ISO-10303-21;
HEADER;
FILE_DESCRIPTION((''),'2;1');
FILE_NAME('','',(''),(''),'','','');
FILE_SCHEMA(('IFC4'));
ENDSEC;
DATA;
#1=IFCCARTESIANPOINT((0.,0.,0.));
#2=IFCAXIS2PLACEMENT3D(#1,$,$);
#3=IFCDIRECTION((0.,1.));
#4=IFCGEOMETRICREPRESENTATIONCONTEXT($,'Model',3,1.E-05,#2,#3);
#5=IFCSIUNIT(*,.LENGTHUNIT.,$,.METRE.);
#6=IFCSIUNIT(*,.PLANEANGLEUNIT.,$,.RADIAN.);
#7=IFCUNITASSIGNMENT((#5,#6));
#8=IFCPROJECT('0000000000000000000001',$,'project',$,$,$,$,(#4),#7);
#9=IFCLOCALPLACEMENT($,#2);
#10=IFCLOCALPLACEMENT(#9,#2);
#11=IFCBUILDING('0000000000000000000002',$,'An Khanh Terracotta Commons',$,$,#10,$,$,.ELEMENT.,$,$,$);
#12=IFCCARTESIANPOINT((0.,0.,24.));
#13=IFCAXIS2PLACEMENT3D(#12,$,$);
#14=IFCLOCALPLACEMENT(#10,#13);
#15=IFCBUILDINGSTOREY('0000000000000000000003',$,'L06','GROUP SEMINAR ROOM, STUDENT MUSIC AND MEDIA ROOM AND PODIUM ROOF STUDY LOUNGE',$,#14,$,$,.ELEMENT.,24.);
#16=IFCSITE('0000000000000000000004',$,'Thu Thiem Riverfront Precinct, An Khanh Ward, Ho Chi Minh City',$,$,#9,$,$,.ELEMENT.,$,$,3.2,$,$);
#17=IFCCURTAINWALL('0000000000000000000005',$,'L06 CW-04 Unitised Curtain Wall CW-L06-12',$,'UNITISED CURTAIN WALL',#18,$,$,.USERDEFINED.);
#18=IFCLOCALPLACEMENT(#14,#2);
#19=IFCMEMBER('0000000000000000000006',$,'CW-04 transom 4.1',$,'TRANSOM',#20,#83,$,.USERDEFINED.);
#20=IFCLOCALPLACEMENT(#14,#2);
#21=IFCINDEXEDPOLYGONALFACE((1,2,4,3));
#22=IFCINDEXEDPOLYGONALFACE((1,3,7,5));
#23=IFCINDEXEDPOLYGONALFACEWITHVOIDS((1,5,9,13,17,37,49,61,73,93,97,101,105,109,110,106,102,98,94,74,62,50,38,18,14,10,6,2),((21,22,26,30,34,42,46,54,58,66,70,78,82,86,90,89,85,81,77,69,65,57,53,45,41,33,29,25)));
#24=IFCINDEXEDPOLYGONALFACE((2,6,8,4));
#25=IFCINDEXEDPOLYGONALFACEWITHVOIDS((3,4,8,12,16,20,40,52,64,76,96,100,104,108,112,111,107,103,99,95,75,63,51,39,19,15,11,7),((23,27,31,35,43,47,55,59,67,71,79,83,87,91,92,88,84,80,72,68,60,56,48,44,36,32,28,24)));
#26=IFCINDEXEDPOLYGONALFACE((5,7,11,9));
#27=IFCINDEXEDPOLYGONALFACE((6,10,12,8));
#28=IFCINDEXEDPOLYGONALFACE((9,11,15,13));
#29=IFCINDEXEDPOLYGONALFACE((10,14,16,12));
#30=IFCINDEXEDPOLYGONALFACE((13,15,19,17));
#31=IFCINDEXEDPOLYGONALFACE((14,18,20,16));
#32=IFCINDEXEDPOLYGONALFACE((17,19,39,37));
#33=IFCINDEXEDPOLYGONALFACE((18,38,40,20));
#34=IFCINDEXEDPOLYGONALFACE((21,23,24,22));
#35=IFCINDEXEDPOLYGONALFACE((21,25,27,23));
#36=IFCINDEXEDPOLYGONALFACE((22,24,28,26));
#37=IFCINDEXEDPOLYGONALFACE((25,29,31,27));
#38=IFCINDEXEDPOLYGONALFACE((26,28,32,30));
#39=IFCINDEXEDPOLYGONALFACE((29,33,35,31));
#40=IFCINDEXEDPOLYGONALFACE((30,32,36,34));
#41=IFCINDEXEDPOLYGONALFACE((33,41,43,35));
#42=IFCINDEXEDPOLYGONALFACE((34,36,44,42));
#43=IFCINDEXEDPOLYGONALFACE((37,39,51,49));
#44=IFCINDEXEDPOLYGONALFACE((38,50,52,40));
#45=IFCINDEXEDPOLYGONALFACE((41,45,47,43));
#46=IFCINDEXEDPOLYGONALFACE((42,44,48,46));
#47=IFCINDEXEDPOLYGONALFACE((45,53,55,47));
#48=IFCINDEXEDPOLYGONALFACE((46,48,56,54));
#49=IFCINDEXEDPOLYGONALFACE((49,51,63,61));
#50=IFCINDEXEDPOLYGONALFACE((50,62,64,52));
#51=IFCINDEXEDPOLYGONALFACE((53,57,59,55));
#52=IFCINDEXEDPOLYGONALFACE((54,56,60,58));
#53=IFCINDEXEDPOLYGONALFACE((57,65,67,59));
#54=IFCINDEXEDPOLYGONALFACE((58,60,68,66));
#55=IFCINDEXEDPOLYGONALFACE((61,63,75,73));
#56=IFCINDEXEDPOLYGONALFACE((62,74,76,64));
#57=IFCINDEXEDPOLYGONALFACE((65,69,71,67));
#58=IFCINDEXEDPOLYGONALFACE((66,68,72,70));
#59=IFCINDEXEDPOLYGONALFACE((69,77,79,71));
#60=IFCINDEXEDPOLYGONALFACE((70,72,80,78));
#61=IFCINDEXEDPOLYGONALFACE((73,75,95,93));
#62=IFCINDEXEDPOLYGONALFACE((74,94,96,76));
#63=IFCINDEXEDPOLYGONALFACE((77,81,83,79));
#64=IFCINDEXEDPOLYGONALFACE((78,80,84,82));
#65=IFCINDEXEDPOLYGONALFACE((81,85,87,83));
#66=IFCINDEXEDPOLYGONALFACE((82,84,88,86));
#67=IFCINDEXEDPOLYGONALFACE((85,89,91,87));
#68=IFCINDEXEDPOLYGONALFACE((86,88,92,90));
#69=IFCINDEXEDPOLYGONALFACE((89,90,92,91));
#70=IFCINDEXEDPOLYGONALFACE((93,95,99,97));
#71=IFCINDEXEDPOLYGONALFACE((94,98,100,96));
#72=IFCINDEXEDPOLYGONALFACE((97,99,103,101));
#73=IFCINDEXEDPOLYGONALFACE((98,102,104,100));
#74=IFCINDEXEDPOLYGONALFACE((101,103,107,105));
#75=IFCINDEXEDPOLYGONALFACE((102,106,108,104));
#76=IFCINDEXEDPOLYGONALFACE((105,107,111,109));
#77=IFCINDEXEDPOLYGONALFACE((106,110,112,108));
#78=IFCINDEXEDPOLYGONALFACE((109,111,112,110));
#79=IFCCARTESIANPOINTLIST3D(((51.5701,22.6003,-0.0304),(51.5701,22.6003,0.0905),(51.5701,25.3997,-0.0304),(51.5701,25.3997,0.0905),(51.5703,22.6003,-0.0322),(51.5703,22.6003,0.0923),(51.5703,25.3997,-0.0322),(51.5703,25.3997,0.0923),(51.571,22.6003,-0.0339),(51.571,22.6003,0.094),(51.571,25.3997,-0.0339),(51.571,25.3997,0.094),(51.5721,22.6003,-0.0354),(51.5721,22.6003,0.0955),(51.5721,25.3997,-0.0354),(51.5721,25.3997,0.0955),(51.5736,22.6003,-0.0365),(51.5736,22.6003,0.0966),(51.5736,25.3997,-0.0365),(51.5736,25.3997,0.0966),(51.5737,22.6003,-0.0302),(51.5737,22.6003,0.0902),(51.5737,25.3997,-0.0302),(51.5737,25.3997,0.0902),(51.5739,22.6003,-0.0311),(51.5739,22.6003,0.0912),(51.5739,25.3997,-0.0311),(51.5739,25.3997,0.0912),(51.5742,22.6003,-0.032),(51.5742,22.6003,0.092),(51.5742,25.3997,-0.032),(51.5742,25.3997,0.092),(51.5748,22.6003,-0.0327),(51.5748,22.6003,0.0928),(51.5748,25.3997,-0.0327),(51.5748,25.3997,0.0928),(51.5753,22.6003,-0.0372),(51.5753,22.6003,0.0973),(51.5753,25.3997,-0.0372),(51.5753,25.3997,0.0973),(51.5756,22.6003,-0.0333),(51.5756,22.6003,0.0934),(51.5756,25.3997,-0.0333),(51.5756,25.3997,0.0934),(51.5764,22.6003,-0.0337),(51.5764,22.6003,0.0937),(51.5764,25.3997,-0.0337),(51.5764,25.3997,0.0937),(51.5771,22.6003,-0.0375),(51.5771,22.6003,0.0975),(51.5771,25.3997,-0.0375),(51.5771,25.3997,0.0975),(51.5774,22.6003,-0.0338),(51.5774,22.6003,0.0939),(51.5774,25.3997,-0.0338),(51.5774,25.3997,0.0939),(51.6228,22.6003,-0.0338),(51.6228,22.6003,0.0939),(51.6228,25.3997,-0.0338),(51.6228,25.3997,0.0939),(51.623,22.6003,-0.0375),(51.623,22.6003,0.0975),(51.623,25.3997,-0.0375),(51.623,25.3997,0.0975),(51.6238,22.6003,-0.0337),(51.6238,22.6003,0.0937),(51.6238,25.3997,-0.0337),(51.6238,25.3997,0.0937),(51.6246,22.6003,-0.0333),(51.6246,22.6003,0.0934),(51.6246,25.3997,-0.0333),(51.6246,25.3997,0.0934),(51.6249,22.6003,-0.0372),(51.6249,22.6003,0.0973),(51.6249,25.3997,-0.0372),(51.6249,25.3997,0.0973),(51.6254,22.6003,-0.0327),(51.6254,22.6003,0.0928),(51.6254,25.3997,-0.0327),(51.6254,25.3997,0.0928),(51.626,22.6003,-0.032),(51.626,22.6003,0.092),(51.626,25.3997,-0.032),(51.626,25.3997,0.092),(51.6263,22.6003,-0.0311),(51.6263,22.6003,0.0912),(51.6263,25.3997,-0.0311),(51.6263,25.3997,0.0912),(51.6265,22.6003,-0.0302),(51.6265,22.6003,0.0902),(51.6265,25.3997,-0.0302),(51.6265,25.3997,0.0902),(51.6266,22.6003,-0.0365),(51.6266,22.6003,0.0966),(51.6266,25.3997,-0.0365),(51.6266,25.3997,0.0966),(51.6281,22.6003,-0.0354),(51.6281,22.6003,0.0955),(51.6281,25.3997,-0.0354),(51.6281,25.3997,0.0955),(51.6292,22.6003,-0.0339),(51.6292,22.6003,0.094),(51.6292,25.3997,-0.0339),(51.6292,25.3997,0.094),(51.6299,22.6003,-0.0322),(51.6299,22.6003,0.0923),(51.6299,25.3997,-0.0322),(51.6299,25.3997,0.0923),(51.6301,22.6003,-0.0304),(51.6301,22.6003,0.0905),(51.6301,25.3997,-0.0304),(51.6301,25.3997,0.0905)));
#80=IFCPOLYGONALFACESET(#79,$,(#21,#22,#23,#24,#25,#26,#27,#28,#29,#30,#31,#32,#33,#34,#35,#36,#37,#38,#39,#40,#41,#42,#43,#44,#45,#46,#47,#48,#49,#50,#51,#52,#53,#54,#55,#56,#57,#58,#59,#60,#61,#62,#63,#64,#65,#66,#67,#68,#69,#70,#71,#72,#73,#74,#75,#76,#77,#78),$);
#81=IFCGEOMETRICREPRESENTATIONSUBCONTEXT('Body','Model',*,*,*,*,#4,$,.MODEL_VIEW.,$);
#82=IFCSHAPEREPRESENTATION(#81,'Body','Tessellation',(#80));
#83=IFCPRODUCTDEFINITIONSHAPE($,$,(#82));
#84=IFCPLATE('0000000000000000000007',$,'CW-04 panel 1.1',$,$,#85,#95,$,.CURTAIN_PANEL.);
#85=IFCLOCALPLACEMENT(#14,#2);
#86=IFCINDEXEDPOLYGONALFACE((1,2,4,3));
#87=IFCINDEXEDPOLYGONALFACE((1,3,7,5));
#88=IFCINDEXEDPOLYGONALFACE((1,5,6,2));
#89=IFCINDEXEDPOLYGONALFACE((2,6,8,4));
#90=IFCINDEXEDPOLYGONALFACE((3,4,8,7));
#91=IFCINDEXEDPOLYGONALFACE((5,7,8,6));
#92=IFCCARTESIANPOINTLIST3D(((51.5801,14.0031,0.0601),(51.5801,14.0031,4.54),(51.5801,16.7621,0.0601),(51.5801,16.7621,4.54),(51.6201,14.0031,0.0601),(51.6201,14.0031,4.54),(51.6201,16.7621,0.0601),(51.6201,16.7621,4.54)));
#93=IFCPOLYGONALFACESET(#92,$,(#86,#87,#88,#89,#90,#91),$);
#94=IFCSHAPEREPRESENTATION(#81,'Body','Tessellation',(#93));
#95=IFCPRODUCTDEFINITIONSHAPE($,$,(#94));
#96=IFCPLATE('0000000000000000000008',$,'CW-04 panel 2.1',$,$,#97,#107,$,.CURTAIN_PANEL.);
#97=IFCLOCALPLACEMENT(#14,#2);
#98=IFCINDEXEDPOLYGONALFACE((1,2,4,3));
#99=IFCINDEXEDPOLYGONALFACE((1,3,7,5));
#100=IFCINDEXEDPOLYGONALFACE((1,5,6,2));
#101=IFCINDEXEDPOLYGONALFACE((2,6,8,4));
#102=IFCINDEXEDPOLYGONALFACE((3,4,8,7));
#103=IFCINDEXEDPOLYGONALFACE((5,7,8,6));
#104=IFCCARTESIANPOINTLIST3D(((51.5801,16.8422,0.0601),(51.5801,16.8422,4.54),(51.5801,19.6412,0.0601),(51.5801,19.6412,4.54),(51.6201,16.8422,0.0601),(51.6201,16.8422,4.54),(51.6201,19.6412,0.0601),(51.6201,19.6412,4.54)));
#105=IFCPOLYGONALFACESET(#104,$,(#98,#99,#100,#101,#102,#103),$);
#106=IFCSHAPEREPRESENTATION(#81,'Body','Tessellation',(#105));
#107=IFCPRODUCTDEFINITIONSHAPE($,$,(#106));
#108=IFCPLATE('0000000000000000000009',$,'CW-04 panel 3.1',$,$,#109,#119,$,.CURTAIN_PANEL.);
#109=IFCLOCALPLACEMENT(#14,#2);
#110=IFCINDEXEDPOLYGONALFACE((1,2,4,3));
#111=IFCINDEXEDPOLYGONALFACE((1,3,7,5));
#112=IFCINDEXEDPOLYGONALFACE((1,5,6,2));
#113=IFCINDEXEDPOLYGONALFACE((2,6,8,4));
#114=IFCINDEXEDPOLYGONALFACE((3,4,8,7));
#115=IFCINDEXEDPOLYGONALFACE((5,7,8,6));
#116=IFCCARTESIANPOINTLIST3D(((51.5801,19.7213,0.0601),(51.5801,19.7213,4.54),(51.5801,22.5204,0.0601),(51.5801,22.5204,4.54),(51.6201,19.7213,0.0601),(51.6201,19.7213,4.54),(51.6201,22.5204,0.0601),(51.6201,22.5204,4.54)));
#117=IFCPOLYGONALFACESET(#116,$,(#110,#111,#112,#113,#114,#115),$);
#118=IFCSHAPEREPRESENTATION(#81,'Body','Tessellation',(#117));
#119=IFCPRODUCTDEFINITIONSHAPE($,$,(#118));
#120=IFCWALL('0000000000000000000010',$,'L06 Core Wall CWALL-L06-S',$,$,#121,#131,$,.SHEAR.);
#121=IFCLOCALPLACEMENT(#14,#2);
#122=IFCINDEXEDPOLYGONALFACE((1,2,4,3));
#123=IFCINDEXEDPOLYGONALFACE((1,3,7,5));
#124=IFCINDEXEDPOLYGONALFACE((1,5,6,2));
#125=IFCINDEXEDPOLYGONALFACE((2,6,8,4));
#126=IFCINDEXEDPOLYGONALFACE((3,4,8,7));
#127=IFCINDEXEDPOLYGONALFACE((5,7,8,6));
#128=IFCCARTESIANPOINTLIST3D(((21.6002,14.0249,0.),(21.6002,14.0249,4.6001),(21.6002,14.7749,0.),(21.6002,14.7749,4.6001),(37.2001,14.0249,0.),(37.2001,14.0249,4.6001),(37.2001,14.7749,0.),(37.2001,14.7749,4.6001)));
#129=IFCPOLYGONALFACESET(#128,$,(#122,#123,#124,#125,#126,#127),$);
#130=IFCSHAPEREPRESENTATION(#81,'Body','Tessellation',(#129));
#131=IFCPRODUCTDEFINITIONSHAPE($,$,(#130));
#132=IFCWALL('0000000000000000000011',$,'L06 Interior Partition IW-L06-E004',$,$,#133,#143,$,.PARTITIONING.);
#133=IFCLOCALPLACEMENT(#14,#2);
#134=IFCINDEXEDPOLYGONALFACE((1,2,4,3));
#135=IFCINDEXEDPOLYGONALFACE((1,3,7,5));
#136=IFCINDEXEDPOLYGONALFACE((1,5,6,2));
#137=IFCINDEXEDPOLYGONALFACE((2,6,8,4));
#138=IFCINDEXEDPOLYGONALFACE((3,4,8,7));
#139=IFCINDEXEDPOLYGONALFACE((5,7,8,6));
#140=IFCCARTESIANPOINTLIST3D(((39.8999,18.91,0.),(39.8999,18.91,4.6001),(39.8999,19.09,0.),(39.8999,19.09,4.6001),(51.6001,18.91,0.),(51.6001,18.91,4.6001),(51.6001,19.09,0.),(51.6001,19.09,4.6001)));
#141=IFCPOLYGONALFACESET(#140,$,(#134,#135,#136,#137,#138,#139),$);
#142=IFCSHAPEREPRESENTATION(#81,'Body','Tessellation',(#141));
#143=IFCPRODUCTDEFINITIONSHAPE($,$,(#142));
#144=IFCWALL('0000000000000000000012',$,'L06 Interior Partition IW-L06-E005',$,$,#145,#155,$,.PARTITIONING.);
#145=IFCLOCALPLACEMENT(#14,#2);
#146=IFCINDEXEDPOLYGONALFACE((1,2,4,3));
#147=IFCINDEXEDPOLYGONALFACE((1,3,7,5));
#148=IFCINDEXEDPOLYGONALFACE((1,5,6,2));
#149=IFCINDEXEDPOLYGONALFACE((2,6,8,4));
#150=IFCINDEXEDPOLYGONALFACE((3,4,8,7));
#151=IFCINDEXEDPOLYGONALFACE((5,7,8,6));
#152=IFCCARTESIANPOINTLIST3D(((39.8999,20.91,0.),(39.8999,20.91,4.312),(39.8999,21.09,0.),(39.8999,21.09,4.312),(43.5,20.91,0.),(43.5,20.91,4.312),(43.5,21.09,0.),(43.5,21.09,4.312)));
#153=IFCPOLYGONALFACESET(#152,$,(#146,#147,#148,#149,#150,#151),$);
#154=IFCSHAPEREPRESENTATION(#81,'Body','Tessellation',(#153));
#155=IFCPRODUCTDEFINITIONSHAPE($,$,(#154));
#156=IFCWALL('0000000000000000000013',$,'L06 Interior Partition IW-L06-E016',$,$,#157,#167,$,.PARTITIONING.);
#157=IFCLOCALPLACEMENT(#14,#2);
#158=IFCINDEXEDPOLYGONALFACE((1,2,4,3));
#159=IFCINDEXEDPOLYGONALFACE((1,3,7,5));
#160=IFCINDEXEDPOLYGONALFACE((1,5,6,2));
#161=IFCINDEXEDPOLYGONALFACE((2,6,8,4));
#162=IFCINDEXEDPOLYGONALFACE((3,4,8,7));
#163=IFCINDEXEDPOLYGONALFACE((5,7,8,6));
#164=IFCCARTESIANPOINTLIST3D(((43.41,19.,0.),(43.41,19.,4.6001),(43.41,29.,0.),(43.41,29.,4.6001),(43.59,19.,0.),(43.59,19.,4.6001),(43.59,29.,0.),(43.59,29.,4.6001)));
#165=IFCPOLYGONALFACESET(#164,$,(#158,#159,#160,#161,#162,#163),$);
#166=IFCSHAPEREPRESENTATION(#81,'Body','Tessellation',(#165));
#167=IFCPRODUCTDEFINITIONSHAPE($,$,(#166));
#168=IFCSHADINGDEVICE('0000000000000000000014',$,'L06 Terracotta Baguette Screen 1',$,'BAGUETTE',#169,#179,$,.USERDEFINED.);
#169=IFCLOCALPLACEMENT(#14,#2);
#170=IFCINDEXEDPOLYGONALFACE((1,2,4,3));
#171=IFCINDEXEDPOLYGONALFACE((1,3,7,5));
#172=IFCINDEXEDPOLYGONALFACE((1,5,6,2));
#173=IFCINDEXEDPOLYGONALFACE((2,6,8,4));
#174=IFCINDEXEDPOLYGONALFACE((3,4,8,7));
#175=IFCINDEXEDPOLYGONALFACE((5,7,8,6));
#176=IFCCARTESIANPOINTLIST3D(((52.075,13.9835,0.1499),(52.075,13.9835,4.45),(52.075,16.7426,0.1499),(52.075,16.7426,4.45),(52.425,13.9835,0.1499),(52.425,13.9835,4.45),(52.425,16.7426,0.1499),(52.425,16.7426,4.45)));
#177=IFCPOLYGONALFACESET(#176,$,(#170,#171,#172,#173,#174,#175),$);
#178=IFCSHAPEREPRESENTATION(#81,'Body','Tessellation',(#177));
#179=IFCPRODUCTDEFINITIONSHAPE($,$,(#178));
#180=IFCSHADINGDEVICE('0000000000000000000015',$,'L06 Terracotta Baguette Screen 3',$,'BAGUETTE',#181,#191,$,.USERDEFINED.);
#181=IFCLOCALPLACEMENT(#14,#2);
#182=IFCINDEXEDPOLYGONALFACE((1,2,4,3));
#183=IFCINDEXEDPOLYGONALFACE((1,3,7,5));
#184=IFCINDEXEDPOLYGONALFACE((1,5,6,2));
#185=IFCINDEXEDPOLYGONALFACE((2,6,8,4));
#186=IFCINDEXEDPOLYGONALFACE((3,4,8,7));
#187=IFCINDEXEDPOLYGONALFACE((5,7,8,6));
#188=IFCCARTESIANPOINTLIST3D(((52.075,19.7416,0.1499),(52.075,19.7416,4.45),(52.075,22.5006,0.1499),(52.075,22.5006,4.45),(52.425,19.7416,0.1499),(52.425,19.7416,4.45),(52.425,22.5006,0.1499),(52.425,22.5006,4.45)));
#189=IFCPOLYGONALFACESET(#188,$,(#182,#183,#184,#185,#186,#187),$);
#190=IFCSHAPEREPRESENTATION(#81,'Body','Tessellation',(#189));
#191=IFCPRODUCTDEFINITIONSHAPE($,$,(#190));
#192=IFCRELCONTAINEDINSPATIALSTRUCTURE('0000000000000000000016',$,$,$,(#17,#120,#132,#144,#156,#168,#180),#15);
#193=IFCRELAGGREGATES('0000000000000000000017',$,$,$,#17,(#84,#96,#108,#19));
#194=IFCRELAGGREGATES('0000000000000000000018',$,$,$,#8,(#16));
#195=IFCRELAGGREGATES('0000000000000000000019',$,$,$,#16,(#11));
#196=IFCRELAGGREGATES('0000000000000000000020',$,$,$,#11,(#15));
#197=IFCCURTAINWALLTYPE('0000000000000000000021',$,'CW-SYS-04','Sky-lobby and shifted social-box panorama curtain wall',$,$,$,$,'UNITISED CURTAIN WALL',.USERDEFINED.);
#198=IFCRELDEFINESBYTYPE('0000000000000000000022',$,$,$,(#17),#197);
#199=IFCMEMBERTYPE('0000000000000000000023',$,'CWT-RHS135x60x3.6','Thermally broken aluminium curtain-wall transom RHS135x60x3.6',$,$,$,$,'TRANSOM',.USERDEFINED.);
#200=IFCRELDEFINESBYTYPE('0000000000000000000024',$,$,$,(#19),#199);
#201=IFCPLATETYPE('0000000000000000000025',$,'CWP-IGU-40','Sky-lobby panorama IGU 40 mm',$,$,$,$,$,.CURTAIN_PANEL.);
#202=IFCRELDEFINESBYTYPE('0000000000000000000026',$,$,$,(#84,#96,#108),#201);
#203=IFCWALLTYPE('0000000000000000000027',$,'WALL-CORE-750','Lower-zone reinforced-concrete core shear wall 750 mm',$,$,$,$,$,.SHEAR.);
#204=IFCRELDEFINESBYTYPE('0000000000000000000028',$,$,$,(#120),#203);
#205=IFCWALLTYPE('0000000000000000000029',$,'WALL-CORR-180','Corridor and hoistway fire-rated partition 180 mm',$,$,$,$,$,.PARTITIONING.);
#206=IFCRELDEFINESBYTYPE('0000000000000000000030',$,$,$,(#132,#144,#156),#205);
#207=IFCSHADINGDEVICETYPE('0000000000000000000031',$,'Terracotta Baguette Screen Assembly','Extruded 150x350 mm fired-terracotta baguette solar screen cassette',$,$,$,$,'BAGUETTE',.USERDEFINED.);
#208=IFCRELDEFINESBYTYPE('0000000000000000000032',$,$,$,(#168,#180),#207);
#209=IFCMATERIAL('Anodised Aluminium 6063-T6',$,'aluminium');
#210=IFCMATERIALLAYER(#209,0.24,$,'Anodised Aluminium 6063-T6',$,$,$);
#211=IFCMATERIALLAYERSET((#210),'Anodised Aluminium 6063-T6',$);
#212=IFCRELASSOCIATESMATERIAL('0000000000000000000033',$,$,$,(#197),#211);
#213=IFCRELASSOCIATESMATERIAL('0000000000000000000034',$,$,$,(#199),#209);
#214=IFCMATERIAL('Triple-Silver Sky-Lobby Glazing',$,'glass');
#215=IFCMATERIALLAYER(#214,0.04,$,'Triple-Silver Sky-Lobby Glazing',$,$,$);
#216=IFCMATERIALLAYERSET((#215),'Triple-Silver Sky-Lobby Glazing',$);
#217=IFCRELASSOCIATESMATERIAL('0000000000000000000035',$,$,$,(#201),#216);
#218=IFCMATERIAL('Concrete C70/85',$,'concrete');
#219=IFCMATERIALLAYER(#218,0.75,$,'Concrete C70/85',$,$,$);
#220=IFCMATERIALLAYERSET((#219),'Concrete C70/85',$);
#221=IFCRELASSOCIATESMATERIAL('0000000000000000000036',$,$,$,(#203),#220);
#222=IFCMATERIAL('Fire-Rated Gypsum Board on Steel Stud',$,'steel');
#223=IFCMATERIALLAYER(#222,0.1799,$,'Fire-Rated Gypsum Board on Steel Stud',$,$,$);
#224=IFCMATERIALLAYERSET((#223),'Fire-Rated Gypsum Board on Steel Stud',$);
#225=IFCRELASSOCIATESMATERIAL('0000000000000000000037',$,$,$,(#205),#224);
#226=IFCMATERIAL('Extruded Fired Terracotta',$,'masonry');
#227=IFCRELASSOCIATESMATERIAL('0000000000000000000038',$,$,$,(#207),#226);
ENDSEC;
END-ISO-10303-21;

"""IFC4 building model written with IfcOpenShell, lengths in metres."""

from ifc_helpers import new_model, si_unit, direction, frame, frame_2d, origin, origin_2d, place, context, subcontext, project, spatial, rectangle, hollow_rectangle, extrude, material, layer, layer_set, material_profile, profile_set, type_object, element, aggregate, save


model = new_model("IFC4")

# Units and contexts
model_context = context("Model", 3, precision=1e-05, world=origin(), true_north=direction((0.0, 1.0)))
body_context = subcontext(model_context, "Body", "Model", "MODEL_VIEW")
ifc_project = project(units=[si_unit("LENGTHUNIT", "METRE"), si_unit("PLANEANGLEUNIT", "RADIAN")], contexts=[model_context])

# Site, building, storey
site_placement = place(None, origin())
site = spatial("IfcSite", under=ifc_project, at=site_placement, Name="Thu Thiem Riverfront Precinct, An Khanh Ward, Ho Chi Minh City", CompositionType="ELEMENT", RefElevation=3.2)
building_placement = place(site_placement, origin())
building = spatial("IfcBuilding", under=site, at=building_placement, Name="An Khanh Terracotta Commons", CompositionType="ELEMENT")
storey_placement = place(building_placement, frame((0.0, 0.0, 24.0)))
storey = spatial("IfcBuildingStorey", under=building, at=storey_placement, Name="L06", Description="GROUP SEMINAR ROOM, STUDENT MUSIC AND MEDIA ROOM AND PODIUM ROOF STUDY LOUNGE", CompositionType="ELEMENT", Elevation=24.0)

# Shared definitions
ifc_material_1 = material(Name="Concrete C70/85", Category="concrete")

# Curtain wall, member, plates
ifc_material_2 = material(Name="Anodised Aluminium 6063-T6", Category="aluminium")
ifc_layer_1 = layer(ifc_material_2, 0.24, Name="Anodised Aluminium 6063-T6")
ifc_layer_set_1 = layer_set([ifc_layer_1], Name="Anodised Aluminium 6063-T6")
curtain_wall_type = type_object("IfcCurtainWallType", Name="CW-SYS-04", Description="Sky-lobby and shifted social-box panorama curtain wall", ElementType="UNITISED CURTAIN WALL", PredefinedType="USERDEFINED", material=ifc_layer_set_1)
curtain_wall_placement = place(storey_placement, origin())
curtain_wall = element("IfcCurtainWall", 1, at=curtain_wall_placement, inside=storey, type_object=curtain_wall_type, Name="L06 CW-04 Unitised Curtain Wall CW-L06-12", ObjectType="UNITISED CURTAIN WALL", PredefinedType="USERDEFINED")
ifc_material_profile_1 = material_profile(ifc_material_2, hollow_rectangle(XDim=0.0601, YDim=0.135, WallThickness=0.0037, InnerFilletRadius=0.0037, OuterFilletRadius=0.0071, at=origin_2d()), Name="RHS135x60x3.6")
ifc_profile_set_1 = profile_set([ifc_material_profile_1], Name="Anodised Aluminium 6063-T6")
member_type_1 = type_object("IfcMemberType", Name="CWT-RHS135x60x3.6", Description="Thermally broken aluminium curtain-wall transom RHS135x60x3.6", ElementType="TRANSOM", PredefinedType="USERDEFINED", material=ifc_profile_set_1)
member_1_placement = place(storey_placement, frame((51.6001, 22.6003, 0.03), z_axis=(0.0, 1.0, 0.0), x_axis=(-1.0, 0.0, 0.0)))
member_1 = element("IfcMember", 2, at=member_1_placement, type_object=member_type_1, Name="CW-04 transom 4.1", ObjectType="TRANSOM", PredefinedType="USERDEFINED", context=body_context, shape_type="SweptSolid", body=[
    extrude(hollow_rectangle(XDim=0.0601, YDim=0.135, WallThickness=0.0037, InnerFilletRadius=0.0037, OuterFilletRadius=0.0071, at=origin_2d()), origin(), (0.0, 0.0, 1.0), 2.7993),
])
ifc_material_3 = material(Name="Triple-Silver Sky-Lobby Glazing", Category="glass")
ifc_layer_2 = layer(ifc_material_3, 0.04, Name="Triple-Silver Sky-Lobby Glazing")
ifc_layer_set_2 = layer_set([ifc_layer_2], Name="Triple-Silver Sky-Lobby Glazing")
plate_type = type_object("IfcPlateType", Name="CWP-IGU-40", Description="Sky-lobby panorama IGU 40 mm", PredefinedType="CURTAIN_PANEL", material=ifc_layer_set_2)
plate_1_placement = place(storey_placement, frame((51.6001, 15.3826, 0.0601), z_axis=(0.0, 0.0, 1.0), x_axis=(0.0, 1.0, 0.0)))
plate_1 = element("IfcPlate", 3, at=plate_1_placement, type_object=plate_type, Name="CW-04 panel 1.1", PredefinedType="CURTAIN_PANEL", context=body_context, shape_type="SweptSolid", body=[
    extrude(rectangle(XDim=2.759, YDim=0.04, at=origin_2d()), origin(), (0.0, 0.0, 1.0), 4.48),
])
plate_2_placement = place(storey_placement, frame((51.6001, 18.2417, 0.0601), z_axis=(0.0, 0.0, 1.0), x_axis=(0.0, 1.0, 0.0)))
plate_2 = element("IfcPlate", 4, at=plate_2_placement, type_object=plate_type, Name="CW-04 panel 2.1", PredefinedType="CURTAIN_PANEL", context=body_context, shape_type="SweptSolid", body=[
    extrude(rectangle(XDim=2.7991, YDim=0.04, at=origin_2d()), origin(), (0.0, 0.0, 1.0), 4.48),
])
plate_3_placement = place(storey_placement, frame((51.6001, 21.1208, 0.0601), z_axis=(0.0, 0.0, 1.0), x_axis=(0.0, 1.0, 0.0)))
plate_3 = element("IfcPlate", 5, at=plate_3_placement, type_object=plate_type, Name="CW-04 panel 3.1", PredefinedType="CURTAIN_PANEL", context=body_context, shape_type="SweptSolid", body=[
    extrude(rectangle(XDim=2.7991, YDim=0.04, at=origin_2d()), origin(), (0.0, 0.0, 1.0), 4.48),
])
aggregate(curtain_wall, [plate_1, plate_2, plate_3, member_1])

# Wall
ifc_layer_3 = layer(ifc_material_1, 0.75, Name="Concrete C70/85")
ifc_layer_set_3 = layer_set([ifc_layer_3], Name="Concrete C70/85")
wall_type_1 = type_object("IfcWallType", Name="WALL-CORE-750", Description="Lower-zone reinforced-concrete core shear wall 750 mm", PredefinedType="SHEAR", material=ifc_layer_set_3)
wall_1_placement = place(storey_placement, frame((37.2, 14.3999, 0.0), z_axis=(0.0, 0.0, 1.0), x_axis=(-1.0, 0.0, 0.0)))
element("IfcWall", 6, at=wall_1_placement, inside=storey, type_object=wall_type_1, Name="L06 Core Wall CWALL-L06-S", PredefinedType="SHEAR", context=body_context, shape_type="SweptSolid", body=[
    extrude(rectangle(XDim=15.5999, YDim=0.75, at=frame_2d((7.7998, 0.0))), origin(), (0.0, 0.0, 1.0), 4.6001),
])

# Walls
ifc_material_4 = material(Name="Fire-Rated Gypsum Board on Steel Stud", Category="steel")
ifc_layer_4 = layer(ifc_material_4, 0.1799, Name="Fire-Rated Gypsum Board on Steel Stud")
ifc_layer_set_4 = layer_set([ifc_layer_4], Name="Fire-Rated Gypsum Board on Steel Stud")
wall_type_2 = type_object("IfcWallType", Name="WALL-CORR-180", Description="Corridor and hoistway fire-rated partition 180 mm", PredefinedType="PARTITIONING", material=ifc_layer_set_4)
wall_2_placement = place(storey_placement, frame((39.8999, 19.0, 0.0), z_axis=(0.0, 0.0, 1.0), x_axis=(1.0, 0.0, 0.0)))
element("IfcWall", 7, at=wall_2_placement, inside=storey, type_object=wall_type_2, Name="L06 Interior Partition IW-L06-E004", PredefinedType="PARTITIONING", context=body_context, shape_type="SweptSolid", body=[
    extrude(rectangle(XDim=11.7002, YDim=0.1799, at=frame_2d((5.8501, 0.0))), origin(), (0.0, 0.0, 1.0), 4.6001),
])
wall_3_placement = place(storey_placement, frame((39.8999, 21.0, 0.0), z_axis=(0.0, 0.0, 1.0), x_axis=(1.0, 0.0, 0.0)))
element("IfcWall", 8, at=wall_3_placement, inside=storey, type_object=wall_type_2, Name="L06 Interior Partition IW-L06-E005", PredefinedType="PARTITIONING", context=body_context, shape_type="SweptSolid", body=[
    extrude(rectangle(XDim=3.6001, YDim=0.1799, at=frame_2d((1.8, 0.0))), origin(), (0.0, 0.0, 1.0), 4.312),
])
wall_4_placement = place(storey_placement, frame((43.5, 19.0, 0.0), z_axis=(0.0, 0.0, 1.0), x_axis=(0.0, 1.0, 0.0)))
element("IfcWall", 9, at=wall_4_placement, inside=storey, type_object=wall_type_2, Name="L06 Interior Partition IW-L06-E016", PredefinedType="PARTITIONING", context=body_context, shape_type="SweptSolid", body=[
    extrude(rectangle(XDim=10.0, YDim=0.1799, at=frame_2d((5.0, 0.0))), origin(), (0.0, 0.0, 1.0), 4.6001),
])

# Shading devices
ifc_material_5 = material(Name="Extruded Fired Terracotta", Category="masonry")
shading_device_type = type_object("IfcShadingDeviceType", Name="Terracotta Baguette Screen Assembly", Description="Extruded 150x350 mm fired-terracotta baguette solar screen cassette", ElementType="BAGUETTE", PredefinedType="USERDEFINED", material=ifc_material_5)
for number, where, z_axis, x_axis, name in (
    (10, (52.25, 15.363, 0.1499), (0.0, 0.0, 1.0), (0.0, 1.0, 0.0), "L06 Terracotta Baguette Screen 1"),
    (11, (52.25, 21.1211, 0.1499), (0.0, 0.0, 1.0), (0.0, 1.0, 0.0), "L06 Terracotta Baguette Screen 3"),
):
    element("IfcShadingDevice", number, at=place(storey_placement, frame(where, z_axis=z_axis, x_axis=x_axis)), inside=storey, type_object=shading_device_type, Name=name, ObjectType="BAGUETTE", PredefinedType="USERDEFINED", context=body_context, shape_type="SweptSolid", body=[
        extrude(rectangle(XDim=2.759, YDim=0.3501, at=origin_2d()), origin(), (0.0, 0.0, 1.0), 4.3),
    ])

save(model, "model.ifc")
